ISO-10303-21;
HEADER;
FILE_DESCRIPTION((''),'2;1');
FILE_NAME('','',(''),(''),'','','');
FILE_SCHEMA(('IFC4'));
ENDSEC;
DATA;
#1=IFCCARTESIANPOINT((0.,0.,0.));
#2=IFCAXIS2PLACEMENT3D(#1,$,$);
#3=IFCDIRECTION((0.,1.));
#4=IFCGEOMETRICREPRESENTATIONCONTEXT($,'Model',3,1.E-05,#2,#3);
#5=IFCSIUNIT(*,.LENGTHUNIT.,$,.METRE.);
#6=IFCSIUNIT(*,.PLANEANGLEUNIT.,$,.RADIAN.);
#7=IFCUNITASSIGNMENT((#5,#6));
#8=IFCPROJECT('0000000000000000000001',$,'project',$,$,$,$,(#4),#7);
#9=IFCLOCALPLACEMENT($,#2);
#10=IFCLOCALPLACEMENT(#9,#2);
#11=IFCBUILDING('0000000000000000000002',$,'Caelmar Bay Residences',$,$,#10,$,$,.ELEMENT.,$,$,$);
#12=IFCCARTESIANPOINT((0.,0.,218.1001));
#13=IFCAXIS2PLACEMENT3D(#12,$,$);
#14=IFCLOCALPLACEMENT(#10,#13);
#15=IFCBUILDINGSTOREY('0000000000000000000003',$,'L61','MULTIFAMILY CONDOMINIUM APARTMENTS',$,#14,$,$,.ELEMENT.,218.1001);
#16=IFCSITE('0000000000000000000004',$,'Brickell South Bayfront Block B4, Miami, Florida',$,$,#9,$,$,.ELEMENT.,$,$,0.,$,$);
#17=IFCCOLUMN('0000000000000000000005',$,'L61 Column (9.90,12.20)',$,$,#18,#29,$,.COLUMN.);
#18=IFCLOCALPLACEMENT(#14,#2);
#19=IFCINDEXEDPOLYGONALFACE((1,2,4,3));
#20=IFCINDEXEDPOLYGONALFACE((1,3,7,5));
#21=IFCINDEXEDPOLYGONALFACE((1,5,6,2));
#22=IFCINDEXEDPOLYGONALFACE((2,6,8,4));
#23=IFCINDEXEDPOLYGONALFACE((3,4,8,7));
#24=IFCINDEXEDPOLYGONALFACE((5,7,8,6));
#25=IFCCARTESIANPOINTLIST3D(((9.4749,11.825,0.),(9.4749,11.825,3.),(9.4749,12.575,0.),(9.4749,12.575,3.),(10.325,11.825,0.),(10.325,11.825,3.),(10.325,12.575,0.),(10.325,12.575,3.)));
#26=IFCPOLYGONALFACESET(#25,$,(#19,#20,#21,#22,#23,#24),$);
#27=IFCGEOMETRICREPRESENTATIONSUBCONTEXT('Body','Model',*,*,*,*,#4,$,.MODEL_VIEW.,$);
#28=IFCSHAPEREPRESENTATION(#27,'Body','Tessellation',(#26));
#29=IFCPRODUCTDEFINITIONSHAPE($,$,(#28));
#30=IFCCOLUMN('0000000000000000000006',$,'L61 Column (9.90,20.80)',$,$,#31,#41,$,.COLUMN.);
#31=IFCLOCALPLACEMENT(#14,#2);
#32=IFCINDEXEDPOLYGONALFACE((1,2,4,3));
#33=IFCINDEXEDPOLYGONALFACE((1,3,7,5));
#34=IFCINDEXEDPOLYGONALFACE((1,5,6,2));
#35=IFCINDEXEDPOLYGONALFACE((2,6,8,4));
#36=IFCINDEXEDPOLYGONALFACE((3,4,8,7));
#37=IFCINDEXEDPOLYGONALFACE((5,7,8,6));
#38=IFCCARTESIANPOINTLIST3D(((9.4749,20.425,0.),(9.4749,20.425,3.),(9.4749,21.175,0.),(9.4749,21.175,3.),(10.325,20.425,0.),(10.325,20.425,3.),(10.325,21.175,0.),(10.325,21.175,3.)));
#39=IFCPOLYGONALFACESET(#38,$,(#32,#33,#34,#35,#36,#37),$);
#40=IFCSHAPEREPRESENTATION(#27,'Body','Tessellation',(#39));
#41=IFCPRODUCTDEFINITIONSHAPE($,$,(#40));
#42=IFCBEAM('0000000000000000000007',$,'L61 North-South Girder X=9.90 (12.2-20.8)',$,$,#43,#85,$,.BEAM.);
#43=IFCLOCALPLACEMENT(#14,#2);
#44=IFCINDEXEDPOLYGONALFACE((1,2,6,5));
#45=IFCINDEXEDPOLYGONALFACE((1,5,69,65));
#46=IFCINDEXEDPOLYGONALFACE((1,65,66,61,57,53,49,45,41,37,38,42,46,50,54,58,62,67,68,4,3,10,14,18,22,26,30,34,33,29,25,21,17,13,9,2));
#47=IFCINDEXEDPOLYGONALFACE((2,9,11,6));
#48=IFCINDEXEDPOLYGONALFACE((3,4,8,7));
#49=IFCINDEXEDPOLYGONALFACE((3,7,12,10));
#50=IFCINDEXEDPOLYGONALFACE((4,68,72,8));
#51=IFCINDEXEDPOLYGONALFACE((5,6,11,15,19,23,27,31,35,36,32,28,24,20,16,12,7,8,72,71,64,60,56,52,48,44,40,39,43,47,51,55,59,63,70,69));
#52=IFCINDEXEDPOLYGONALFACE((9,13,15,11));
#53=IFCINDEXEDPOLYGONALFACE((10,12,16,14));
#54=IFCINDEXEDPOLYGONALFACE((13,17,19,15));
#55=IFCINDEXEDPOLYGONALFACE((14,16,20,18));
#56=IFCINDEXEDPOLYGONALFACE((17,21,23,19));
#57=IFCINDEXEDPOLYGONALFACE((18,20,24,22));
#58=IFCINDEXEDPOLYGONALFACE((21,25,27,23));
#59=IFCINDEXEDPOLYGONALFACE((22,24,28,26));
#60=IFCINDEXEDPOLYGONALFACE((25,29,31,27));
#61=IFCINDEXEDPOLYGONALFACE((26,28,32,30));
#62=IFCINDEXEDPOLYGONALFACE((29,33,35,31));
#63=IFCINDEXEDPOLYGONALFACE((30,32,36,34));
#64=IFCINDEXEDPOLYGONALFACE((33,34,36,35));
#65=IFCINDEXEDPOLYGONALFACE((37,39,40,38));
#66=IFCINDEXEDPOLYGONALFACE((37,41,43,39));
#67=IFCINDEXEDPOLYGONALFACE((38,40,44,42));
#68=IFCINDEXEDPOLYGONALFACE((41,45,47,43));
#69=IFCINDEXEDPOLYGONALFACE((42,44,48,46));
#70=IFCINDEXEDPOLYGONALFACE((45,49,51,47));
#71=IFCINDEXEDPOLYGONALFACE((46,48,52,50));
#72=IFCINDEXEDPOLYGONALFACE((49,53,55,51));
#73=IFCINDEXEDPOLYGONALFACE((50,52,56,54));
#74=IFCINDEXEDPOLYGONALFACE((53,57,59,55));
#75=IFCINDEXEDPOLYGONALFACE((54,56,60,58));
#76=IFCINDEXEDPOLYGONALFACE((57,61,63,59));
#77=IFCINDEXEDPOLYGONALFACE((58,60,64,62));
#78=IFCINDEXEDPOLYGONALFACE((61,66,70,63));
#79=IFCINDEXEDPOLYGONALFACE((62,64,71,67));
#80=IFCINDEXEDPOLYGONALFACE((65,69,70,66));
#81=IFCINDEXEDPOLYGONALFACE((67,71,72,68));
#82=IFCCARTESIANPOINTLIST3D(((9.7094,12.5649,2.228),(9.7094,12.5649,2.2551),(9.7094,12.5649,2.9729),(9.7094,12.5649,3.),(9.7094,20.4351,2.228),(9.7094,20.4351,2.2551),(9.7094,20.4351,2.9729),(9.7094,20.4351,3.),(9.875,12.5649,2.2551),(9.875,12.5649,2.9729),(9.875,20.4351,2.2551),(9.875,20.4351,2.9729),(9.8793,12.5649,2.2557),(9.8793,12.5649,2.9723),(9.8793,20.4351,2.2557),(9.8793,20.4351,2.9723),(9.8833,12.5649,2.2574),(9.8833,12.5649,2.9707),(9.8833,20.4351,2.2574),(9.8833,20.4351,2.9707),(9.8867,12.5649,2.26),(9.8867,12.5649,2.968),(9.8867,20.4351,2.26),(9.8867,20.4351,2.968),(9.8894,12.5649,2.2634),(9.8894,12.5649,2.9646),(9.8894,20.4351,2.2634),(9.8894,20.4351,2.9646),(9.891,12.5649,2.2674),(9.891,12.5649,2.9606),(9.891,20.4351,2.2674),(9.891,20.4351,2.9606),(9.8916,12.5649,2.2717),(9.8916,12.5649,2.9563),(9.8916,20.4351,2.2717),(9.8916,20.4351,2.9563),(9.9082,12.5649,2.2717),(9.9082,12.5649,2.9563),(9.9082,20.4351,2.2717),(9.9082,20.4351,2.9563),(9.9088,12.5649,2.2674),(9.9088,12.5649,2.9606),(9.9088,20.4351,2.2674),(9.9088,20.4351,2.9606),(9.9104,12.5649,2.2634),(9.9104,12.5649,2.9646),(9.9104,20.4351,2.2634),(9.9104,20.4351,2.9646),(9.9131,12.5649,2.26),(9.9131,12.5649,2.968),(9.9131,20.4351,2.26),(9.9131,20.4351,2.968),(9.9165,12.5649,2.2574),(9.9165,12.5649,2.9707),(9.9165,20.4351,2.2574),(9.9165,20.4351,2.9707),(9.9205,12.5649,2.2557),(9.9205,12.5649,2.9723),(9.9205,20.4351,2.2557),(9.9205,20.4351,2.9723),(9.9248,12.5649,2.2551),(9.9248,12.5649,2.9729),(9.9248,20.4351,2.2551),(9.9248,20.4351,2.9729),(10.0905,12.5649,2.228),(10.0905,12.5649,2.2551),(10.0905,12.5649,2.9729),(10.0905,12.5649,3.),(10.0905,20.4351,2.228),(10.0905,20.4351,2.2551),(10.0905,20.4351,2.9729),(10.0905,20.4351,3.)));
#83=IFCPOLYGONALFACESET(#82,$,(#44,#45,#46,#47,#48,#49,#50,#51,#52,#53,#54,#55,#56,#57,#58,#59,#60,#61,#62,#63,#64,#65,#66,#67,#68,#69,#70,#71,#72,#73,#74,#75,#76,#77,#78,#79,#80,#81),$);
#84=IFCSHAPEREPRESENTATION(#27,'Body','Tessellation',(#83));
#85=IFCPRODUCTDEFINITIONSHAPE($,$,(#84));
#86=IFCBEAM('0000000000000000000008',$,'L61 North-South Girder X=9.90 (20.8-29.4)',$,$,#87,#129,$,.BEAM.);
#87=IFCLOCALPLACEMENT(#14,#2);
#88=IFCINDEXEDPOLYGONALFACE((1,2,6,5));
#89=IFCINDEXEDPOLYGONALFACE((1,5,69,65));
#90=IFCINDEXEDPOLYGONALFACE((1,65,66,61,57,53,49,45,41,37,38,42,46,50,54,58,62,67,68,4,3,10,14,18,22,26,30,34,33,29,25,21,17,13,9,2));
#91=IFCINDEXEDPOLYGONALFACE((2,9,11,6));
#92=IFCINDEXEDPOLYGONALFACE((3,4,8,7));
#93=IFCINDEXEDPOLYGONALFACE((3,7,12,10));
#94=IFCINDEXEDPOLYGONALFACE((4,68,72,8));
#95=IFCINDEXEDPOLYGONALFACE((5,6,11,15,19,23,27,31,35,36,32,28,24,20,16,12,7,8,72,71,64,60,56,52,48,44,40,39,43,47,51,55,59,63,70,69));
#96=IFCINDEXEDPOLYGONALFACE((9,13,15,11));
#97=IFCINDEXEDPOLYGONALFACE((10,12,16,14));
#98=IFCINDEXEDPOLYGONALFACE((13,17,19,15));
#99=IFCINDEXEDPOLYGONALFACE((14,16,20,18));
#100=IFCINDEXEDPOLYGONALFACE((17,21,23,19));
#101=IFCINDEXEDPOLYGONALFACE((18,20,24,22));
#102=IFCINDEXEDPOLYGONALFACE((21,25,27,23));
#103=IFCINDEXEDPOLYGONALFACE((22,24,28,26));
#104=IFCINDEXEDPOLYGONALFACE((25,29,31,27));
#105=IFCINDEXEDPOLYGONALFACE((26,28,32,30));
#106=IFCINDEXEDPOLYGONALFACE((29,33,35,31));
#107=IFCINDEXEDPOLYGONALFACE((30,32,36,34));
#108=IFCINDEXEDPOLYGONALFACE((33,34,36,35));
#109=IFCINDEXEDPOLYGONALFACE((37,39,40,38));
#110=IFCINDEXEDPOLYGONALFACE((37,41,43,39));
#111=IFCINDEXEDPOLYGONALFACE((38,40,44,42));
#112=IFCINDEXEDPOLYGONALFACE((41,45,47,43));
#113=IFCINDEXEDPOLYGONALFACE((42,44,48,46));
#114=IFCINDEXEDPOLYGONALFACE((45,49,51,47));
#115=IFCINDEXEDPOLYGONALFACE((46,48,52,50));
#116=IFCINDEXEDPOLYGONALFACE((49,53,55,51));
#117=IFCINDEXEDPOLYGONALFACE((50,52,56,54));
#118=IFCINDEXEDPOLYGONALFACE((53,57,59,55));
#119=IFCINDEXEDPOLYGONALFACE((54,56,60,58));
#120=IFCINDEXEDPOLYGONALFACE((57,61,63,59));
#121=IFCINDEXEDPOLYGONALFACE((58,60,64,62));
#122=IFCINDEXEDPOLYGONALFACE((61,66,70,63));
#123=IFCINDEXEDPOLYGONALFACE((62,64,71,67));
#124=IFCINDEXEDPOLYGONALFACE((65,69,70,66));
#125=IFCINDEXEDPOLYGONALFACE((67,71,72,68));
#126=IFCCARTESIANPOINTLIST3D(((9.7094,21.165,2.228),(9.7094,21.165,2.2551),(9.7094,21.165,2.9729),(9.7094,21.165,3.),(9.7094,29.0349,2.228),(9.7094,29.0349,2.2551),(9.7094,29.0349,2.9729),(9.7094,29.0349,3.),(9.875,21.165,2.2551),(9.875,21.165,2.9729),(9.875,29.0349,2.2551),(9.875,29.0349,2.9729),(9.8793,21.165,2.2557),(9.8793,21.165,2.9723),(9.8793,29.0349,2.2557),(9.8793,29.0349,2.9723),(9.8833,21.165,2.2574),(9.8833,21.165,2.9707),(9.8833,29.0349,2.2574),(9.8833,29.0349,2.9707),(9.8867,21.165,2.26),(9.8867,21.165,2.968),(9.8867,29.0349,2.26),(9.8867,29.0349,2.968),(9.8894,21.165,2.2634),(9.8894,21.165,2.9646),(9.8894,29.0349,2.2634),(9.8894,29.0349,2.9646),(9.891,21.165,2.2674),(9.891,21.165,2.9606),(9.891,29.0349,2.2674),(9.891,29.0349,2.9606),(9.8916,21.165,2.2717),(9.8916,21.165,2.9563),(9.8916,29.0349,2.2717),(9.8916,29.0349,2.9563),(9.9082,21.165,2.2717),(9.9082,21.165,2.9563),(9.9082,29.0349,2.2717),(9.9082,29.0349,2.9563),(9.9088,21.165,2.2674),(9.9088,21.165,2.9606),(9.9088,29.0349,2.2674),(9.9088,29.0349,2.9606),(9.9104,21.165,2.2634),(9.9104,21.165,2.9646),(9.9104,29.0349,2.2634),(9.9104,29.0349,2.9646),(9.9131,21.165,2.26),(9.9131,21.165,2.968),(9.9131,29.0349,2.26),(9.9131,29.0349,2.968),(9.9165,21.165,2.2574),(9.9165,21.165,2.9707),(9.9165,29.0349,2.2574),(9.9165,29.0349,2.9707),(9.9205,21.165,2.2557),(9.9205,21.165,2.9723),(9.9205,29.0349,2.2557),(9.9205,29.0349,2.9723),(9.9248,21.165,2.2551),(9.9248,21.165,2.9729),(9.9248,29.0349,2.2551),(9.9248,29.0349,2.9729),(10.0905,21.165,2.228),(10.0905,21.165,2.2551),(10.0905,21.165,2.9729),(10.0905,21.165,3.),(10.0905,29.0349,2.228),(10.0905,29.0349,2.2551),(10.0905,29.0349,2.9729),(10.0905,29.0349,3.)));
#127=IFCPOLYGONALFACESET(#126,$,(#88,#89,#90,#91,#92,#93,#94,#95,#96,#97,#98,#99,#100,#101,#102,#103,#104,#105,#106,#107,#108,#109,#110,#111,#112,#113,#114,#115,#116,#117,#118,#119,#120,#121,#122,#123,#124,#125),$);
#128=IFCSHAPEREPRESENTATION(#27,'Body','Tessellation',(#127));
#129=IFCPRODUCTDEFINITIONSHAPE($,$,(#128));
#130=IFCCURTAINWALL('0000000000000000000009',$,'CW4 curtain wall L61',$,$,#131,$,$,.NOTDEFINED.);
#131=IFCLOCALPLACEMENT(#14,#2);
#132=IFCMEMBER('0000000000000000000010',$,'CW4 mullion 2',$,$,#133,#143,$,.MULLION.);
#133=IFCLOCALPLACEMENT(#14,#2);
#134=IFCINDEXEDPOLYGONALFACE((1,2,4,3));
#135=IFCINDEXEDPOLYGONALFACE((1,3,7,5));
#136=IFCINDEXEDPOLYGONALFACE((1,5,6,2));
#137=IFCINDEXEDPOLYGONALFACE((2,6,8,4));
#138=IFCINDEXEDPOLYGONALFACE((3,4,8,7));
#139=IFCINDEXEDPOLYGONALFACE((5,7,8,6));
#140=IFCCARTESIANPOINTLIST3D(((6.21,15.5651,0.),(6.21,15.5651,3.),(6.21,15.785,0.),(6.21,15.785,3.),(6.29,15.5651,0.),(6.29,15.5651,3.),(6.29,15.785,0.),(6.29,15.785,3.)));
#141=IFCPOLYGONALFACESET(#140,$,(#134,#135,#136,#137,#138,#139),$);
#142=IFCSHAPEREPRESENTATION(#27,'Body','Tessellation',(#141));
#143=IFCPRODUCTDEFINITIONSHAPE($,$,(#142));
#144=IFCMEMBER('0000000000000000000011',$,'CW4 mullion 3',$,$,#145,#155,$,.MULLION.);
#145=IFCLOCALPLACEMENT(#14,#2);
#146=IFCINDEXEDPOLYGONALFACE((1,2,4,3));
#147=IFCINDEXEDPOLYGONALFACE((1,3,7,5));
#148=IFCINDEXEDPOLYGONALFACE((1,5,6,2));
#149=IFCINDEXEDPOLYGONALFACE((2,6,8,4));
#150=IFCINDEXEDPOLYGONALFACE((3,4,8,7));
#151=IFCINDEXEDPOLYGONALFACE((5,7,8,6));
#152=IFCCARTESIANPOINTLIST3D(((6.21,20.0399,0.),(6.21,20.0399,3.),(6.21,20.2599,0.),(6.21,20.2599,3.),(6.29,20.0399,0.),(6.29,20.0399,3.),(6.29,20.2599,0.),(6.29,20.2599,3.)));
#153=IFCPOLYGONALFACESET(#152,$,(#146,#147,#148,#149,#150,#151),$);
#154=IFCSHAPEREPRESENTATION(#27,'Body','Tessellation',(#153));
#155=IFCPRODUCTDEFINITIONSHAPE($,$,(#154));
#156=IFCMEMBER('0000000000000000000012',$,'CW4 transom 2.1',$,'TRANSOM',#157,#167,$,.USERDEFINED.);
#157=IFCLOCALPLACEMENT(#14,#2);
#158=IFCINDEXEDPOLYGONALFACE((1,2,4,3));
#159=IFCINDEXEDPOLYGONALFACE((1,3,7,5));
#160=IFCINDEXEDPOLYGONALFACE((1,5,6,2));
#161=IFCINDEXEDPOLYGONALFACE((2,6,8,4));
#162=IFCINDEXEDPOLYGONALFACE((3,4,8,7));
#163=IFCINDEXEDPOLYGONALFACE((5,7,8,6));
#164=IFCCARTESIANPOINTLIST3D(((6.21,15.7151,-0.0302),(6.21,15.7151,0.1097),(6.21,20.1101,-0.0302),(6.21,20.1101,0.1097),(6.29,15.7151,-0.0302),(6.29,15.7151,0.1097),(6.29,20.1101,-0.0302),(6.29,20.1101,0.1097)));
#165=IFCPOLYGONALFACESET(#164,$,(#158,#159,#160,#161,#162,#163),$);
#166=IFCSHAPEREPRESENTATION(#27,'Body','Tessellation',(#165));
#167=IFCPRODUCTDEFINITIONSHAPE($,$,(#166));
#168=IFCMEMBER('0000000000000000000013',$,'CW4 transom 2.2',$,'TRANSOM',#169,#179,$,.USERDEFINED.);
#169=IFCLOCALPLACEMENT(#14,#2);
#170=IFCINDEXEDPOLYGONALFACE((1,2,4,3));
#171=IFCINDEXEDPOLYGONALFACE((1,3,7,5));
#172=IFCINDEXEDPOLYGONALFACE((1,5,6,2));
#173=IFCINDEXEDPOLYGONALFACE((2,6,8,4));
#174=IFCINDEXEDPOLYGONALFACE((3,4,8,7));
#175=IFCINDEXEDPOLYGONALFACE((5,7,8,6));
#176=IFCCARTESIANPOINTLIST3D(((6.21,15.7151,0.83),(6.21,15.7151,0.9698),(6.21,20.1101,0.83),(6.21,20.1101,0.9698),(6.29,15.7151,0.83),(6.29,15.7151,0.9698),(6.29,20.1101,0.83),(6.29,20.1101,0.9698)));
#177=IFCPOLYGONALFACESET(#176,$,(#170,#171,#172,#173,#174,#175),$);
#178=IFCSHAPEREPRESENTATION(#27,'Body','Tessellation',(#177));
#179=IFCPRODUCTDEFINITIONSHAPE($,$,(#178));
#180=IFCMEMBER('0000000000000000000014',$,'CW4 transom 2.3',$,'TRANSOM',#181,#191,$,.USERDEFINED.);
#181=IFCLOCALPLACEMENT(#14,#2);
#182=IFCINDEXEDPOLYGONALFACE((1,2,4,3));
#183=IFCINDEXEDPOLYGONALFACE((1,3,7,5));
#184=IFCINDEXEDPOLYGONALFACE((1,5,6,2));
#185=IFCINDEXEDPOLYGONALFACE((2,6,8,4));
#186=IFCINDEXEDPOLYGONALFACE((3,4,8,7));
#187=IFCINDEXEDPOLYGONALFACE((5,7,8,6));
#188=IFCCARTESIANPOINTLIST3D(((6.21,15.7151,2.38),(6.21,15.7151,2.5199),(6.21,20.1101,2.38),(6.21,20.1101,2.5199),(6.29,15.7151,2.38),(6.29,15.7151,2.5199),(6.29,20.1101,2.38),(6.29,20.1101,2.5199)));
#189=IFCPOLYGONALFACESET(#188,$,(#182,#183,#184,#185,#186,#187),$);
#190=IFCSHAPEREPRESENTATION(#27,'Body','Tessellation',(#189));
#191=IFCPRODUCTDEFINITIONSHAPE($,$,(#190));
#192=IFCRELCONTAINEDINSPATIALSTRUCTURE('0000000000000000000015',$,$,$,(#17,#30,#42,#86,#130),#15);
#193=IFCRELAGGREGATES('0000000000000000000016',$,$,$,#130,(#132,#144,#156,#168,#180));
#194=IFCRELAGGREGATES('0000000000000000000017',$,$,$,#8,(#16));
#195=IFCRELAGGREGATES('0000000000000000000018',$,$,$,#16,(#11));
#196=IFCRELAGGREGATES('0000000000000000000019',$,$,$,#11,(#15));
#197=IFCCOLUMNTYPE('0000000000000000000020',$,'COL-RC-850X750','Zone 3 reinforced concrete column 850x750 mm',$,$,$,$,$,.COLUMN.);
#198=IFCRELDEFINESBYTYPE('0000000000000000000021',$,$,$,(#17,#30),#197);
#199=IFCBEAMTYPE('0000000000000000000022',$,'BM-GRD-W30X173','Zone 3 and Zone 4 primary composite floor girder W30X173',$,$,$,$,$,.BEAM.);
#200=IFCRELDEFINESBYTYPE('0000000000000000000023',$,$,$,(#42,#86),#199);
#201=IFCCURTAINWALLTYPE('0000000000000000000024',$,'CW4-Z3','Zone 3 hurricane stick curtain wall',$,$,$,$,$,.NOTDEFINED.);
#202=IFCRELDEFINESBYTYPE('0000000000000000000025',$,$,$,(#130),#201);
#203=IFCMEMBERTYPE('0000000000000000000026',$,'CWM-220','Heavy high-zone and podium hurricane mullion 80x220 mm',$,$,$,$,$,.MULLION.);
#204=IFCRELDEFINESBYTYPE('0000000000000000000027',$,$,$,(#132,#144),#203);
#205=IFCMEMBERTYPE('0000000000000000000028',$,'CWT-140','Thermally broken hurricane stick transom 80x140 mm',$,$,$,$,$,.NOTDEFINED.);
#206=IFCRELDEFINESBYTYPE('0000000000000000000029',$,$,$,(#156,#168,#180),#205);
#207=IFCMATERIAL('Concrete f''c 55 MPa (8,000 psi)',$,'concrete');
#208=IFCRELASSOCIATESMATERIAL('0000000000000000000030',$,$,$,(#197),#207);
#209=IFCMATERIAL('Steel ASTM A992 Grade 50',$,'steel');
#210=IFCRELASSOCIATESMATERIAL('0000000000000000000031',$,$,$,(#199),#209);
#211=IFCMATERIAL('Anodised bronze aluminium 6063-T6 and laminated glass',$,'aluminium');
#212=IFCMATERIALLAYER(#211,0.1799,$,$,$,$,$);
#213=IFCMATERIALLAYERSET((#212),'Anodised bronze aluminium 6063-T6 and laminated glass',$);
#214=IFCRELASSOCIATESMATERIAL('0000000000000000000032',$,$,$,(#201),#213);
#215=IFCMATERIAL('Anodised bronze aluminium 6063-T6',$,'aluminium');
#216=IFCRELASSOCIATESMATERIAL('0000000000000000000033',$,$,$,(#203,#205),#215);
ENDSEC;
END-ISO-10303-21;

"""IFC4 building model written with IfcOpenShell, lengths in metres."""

from ifc_helpers import new_model, si_unit, direction, frame, origin, origin_2d, place, context, subcontext, project, spatial, rectangle, i_section, extrude, material, layer, layer_set, material_profile, profile_set, type_object, element, aggregate, save


model = new_model("IFC4")

# Units and contexts
model_context = context("Model", 3, precision=1e-05, world=origin(), true_north=direction((0.0, 1.0)))
body_context = subcontext(model_context, "Body", "Model", "MODEL_VIEW")
ifc_project = project(units=[si_unit("LENGTHUNIT", "METRE"), si_unit("PLANEANGLEUNIT", "RADIAN")], contexts=[model_context])

# Site, building, storey
site_placement = place(None, origin())
site = spatial("IfcSite", under=ifc_project, at=site_placement, Name="Brickell South Bayfront Block B4, Miami, Florida", CompositionType="ELEMENT", RefElevation=0.0)
building_placement = place(site_placement, origin())
building = spatial("IfcBuilding", under=site, at=building_placement, Name="Caelmar Bay Residences", CompositionType="ELEMENT")
storey_placement = place(building_placement, frame((0.0, 0.0, 218.1001)))
storey = spatial("IfcBuildingStorey", under=building, at=storey_placement, Name="L61", Description="MULTIFAMILY CONDOMINIUM APARTMENTS", CompositionType="ELEMENT", Elevation=218.1001)

# Columns
ifc_material_1 = material(Name="Concrete f'c 55 MPa (8,000 psi)", Category="concrete")
ifc_material_profile_1 = material_profile(ifc_material_1, rectangle(XDim=0.8501, YDim=0.75, at=origin_2d()), Name="RC-COL-850X750")
ifc_profile_set_1 = profile_set([ifc_material_profile_1], Name="Concrete f'c 55 MPa (8,000 psi)")
column_type = type_object("IfcColumnType", Name="COL-RC-850X750", Description="Zone 3 reinforced concrete column 850x750 mm", PredefinedType="COLUMN", material=ifc_profile_set_1)
for number, where, z_axis, x_axis, name in (
    (1, (9.8999, 12.2, 0.0), (0.0, 0.0, 1.0), (1.0, 0.0, 0.0), "L61 Column (9.90,12.20)"),
    (2, (9.8999, 20.8, 0.0), (0.0, 0.0, 1.0), (1.0, 0.0, 0.0), "L61 Column (9.90,20.80)"),
):
    element("IfcColumn", number, at=place(storey_placement, frame(where, z_axis=z_axis, x_axis=x_axis)), inside=storey, type_object=column_type, Name=name, PredefinedType="COLUMN", context=body_context, shape_type="SweptSolid", body=[
        extrude(rectangle(XDim=0.8501, YDim=0.75, at=origin_2d()), origin(), (0.0, 0.0, 1.0), 3.0),
    ])

# Beams
ifc_material_2 = material(Name="Steel ASTM A992 Grade 50", Category="steel")
ifc_material_profile_2 = material_profile(ifc_material_2, i_section(OverallWidth=0.3811, OverallDepth=0.772, WebThickness=0.0166, FlangeThickness=0.0271, FilletRadius=0.0166, at=origin_2d()), Name="W30X173")
ifc_profile_set_2 = profile_set([ifc_material_profile_2], Name="Steel ASTM A992 Grade 50")
beam_type = type_object("IfcBeamType", Name="BM-GRD-W30X173", Description="Zone 3 and Zone 4 primary composite floor girder W30X173", PredefinedType="BEAM", material=ifc_profile_set_2)
beam_1_placement = place(storey_placement, frame((9.8999, 12.5649, 2.614), z_axis=(0.0, 1.0, 0.0), x_axis=(-1.0, 0.0, 0.0)))
element("IfcBeam", 3, at=beam_1_placement, inside=storey, type_object=beam_type, Name="L61 North-South Girder X=9.90 (12.2-20.8)", PredefinedType="BEAM", context=body_context, shape_type="SweptSolid", body=[
    extrude(i_section(OverallWidth=0.3811, OverallDepth=0.772, WebThickness=0.0166, FlangeThickness=0.0271, FilletRadius=0.0166, at=origin_2d()), origin(), (0.0, 0.0, 1.0), 7.8701),
])
beam_2_placement = place(storey_placement, frame((9.8999, 21.165, 2.614), z_axis=(0.0, 1.0, 0.0), x_axis=(-1.0, 0.0, 0.0)))
element("IfcBeam", 4, at=beam_2_placement, inside=storey, type_object=beam_type, Name="L61 North-South Girder X=9.90 (20.8-29.4)", PredefinedType="BEAM", context=body_context, shape_type="SweptSolid", body=[
    extrude(i_section(OverallWidth=0.3811, OverallDepth=0.772, WebThickness=0.0166, FlangeThickness=0.0271, FilletRadius=0.0166, at=origin_2d()), origin(), (0.0, 0.0, 1.0), 7.8699),
])

# Curtain wall, members
ifc_material_3 = material(Name="Anodised bronze aluminium 6063-T6 and laminated glass", Category="aluminium")
ifc_layer_1 = layer(ifc_material_3, 0.1799)
ifc_layer_set_1 = layer_set([ifc_layer_1], Name="Anodised bronze aluminium 6063-T6 and laminated glass")
curtain_wall_type = type_object("IfcCurtainWallType", Name="CW4-Z3", Description="Zone 3 hurricane stick curtain wall", PredefinedType="NOTDEFINED", material=ifc_layer_set_1)
curtain_wall_placement = place(storey_placement, origin())
curtain_wall = element("IfcCurtainWall", 5, at=curtain_wall_placement, inside=storey, type_object=curtain_wall_type, Name="CW4 curtain wall L61", PredefinedType="NOTDEFINED")
ifc_material_4 = material(Name="Anodised bronze aluminium 6063-T6", Category="aluminium")
ifc_material_profile_3 = material_profile(ifc_material_4, rectangle(XDim=0.0801, YDim=0.22, at=origin_2d()), Name="CWM-80X220")
ifc_profile_set_3 = profile_set([ifc_material_profile_3], Name="Anodised bronze aluminium 6063-T6")
member_type_1 = type_object("IfcMemberType", Name="CWM-220", Description="Heavy high-zone and podium hurricane mullion 80x220 mm", PredefinedType="MULLION", material=ifc_profile_set_3)
member_1_placement = place(storey_placement, frame((6.25, 15.675, 0.0), z_axis=(0.0, 0.0, 1.0), x_axis=(-1.0, 0.0, 0.0)))
member_1 = element("IfcMember", 6, at=member_1_placement, type_object=member_type_1, Name="CW4 mullion 2", PredefinedType="MULLION", context=body_context, shape_type="SweptSolid", body=[
    extrude(rectangle(XDim=0.0801, YDim=0.22, at=origin_2d()), origin(), (0.0, 0.0, 1.0), 3.0),
])
member_2_placement = place(storey_placement, frame((6.25, 20.1499, 0.0), z_axis=(0.0, 0.0, 1.0), x_axis=(-1.0, 0.0, 0.0)))
member_2 = element("IfcMember", 7, at=member_2_placement, type_object=member_type_1, Name="CW4 mullion 3", PredefinedType="MULLION", context=body_context, shape_type="SweptSolid", body=[
    extrude(rectangle(XDim=0.0801, YDim=0.22, at=origin_2d()), origin(), (0.0, 0.0, 1.0), 3.0),
])
ifc_material_profile_4 = material_profile(ifc_material_4, rectangle(XDim=0.0801, YDim=0.1399, at=origin_2d()), Name="CWT-80X140")
ifc_profile_set_4 = profile_set([ifc_material_profile_4], Name="Anodised bronze aluminium 6063-T6")
member_type_2 = type_object("IfcMemberType", Name="CWT-140", Description="Thermally broken hurricane stick transom 80x140 mm", PredefinedType="NOTDEFINED", material=ifc_profile_set_4)
member_3_placement = place(storey_placement, frame((6.25, 15.7151, 0.0398), z_axis=(0.0, 1.0, 0.0), x_axis=(-1.0, 0.0, 0.0)))
member_3 = element("IfcMember", 8, at=member_3_placement, type_object=member_type_2, Name="CW4 transom 2.1", ObjectType="TRANSOM", PredefinedType="USERDEFINED", context=body_context, shape_type="SweptSolid", body=[
    extrude(rectangle(XDim=0.0801, YDim=0.1399, at=origin_2d()), origin(), (0.0, 0.0, 1.0), 4.395),
])
member_4_placement = place(storey_placement, frame((6.25, 15.7151, 0.8999), z_axis=(0.0, 1.0, 0.0), x_axis=(-1.0, 0.0, 0.0)))
member_4 = element("IfcMember", 9, at=member_4_placement, type_object=member_type_2, Name="CW4 transom 2.2", ObjectType="TRANSOM", PredefinedType="USERDEFINED", context=body_context, shape_type="SweptSolid", body=[
    extrude(rectangle(XDim=0.0801, YDim=0.1399, at=origin_2d()), origin(), (0.0, 0.0, 1.0), 4.395),
])
member_5_placement = place(storey_placement, frame((6.25, 15.7151, 2.45), z_axis=(0.0, 1.0, 0.0), x_axis=(-1.0, 0.0, 0.0)))
member_5 = element("IfcMember", 10, at=member_5_placement, type_object=member_type_2, Name="CW4 transom 2.3", ObjectType="TRANSOM", PredefinedType="USERDEFINED", context=body_context, shape_type="SweptSolid", body=[
    extrude(rectangle(XDim=0.0801, YDim=0.1399, at=origin_2d()), origin(), (0.0, 0.0, 1.0), 4.395),
])
aggregate(curtain_wall, [member_1, member_2, member_3, member_4, member_5])

save(model, "model.ifc")
